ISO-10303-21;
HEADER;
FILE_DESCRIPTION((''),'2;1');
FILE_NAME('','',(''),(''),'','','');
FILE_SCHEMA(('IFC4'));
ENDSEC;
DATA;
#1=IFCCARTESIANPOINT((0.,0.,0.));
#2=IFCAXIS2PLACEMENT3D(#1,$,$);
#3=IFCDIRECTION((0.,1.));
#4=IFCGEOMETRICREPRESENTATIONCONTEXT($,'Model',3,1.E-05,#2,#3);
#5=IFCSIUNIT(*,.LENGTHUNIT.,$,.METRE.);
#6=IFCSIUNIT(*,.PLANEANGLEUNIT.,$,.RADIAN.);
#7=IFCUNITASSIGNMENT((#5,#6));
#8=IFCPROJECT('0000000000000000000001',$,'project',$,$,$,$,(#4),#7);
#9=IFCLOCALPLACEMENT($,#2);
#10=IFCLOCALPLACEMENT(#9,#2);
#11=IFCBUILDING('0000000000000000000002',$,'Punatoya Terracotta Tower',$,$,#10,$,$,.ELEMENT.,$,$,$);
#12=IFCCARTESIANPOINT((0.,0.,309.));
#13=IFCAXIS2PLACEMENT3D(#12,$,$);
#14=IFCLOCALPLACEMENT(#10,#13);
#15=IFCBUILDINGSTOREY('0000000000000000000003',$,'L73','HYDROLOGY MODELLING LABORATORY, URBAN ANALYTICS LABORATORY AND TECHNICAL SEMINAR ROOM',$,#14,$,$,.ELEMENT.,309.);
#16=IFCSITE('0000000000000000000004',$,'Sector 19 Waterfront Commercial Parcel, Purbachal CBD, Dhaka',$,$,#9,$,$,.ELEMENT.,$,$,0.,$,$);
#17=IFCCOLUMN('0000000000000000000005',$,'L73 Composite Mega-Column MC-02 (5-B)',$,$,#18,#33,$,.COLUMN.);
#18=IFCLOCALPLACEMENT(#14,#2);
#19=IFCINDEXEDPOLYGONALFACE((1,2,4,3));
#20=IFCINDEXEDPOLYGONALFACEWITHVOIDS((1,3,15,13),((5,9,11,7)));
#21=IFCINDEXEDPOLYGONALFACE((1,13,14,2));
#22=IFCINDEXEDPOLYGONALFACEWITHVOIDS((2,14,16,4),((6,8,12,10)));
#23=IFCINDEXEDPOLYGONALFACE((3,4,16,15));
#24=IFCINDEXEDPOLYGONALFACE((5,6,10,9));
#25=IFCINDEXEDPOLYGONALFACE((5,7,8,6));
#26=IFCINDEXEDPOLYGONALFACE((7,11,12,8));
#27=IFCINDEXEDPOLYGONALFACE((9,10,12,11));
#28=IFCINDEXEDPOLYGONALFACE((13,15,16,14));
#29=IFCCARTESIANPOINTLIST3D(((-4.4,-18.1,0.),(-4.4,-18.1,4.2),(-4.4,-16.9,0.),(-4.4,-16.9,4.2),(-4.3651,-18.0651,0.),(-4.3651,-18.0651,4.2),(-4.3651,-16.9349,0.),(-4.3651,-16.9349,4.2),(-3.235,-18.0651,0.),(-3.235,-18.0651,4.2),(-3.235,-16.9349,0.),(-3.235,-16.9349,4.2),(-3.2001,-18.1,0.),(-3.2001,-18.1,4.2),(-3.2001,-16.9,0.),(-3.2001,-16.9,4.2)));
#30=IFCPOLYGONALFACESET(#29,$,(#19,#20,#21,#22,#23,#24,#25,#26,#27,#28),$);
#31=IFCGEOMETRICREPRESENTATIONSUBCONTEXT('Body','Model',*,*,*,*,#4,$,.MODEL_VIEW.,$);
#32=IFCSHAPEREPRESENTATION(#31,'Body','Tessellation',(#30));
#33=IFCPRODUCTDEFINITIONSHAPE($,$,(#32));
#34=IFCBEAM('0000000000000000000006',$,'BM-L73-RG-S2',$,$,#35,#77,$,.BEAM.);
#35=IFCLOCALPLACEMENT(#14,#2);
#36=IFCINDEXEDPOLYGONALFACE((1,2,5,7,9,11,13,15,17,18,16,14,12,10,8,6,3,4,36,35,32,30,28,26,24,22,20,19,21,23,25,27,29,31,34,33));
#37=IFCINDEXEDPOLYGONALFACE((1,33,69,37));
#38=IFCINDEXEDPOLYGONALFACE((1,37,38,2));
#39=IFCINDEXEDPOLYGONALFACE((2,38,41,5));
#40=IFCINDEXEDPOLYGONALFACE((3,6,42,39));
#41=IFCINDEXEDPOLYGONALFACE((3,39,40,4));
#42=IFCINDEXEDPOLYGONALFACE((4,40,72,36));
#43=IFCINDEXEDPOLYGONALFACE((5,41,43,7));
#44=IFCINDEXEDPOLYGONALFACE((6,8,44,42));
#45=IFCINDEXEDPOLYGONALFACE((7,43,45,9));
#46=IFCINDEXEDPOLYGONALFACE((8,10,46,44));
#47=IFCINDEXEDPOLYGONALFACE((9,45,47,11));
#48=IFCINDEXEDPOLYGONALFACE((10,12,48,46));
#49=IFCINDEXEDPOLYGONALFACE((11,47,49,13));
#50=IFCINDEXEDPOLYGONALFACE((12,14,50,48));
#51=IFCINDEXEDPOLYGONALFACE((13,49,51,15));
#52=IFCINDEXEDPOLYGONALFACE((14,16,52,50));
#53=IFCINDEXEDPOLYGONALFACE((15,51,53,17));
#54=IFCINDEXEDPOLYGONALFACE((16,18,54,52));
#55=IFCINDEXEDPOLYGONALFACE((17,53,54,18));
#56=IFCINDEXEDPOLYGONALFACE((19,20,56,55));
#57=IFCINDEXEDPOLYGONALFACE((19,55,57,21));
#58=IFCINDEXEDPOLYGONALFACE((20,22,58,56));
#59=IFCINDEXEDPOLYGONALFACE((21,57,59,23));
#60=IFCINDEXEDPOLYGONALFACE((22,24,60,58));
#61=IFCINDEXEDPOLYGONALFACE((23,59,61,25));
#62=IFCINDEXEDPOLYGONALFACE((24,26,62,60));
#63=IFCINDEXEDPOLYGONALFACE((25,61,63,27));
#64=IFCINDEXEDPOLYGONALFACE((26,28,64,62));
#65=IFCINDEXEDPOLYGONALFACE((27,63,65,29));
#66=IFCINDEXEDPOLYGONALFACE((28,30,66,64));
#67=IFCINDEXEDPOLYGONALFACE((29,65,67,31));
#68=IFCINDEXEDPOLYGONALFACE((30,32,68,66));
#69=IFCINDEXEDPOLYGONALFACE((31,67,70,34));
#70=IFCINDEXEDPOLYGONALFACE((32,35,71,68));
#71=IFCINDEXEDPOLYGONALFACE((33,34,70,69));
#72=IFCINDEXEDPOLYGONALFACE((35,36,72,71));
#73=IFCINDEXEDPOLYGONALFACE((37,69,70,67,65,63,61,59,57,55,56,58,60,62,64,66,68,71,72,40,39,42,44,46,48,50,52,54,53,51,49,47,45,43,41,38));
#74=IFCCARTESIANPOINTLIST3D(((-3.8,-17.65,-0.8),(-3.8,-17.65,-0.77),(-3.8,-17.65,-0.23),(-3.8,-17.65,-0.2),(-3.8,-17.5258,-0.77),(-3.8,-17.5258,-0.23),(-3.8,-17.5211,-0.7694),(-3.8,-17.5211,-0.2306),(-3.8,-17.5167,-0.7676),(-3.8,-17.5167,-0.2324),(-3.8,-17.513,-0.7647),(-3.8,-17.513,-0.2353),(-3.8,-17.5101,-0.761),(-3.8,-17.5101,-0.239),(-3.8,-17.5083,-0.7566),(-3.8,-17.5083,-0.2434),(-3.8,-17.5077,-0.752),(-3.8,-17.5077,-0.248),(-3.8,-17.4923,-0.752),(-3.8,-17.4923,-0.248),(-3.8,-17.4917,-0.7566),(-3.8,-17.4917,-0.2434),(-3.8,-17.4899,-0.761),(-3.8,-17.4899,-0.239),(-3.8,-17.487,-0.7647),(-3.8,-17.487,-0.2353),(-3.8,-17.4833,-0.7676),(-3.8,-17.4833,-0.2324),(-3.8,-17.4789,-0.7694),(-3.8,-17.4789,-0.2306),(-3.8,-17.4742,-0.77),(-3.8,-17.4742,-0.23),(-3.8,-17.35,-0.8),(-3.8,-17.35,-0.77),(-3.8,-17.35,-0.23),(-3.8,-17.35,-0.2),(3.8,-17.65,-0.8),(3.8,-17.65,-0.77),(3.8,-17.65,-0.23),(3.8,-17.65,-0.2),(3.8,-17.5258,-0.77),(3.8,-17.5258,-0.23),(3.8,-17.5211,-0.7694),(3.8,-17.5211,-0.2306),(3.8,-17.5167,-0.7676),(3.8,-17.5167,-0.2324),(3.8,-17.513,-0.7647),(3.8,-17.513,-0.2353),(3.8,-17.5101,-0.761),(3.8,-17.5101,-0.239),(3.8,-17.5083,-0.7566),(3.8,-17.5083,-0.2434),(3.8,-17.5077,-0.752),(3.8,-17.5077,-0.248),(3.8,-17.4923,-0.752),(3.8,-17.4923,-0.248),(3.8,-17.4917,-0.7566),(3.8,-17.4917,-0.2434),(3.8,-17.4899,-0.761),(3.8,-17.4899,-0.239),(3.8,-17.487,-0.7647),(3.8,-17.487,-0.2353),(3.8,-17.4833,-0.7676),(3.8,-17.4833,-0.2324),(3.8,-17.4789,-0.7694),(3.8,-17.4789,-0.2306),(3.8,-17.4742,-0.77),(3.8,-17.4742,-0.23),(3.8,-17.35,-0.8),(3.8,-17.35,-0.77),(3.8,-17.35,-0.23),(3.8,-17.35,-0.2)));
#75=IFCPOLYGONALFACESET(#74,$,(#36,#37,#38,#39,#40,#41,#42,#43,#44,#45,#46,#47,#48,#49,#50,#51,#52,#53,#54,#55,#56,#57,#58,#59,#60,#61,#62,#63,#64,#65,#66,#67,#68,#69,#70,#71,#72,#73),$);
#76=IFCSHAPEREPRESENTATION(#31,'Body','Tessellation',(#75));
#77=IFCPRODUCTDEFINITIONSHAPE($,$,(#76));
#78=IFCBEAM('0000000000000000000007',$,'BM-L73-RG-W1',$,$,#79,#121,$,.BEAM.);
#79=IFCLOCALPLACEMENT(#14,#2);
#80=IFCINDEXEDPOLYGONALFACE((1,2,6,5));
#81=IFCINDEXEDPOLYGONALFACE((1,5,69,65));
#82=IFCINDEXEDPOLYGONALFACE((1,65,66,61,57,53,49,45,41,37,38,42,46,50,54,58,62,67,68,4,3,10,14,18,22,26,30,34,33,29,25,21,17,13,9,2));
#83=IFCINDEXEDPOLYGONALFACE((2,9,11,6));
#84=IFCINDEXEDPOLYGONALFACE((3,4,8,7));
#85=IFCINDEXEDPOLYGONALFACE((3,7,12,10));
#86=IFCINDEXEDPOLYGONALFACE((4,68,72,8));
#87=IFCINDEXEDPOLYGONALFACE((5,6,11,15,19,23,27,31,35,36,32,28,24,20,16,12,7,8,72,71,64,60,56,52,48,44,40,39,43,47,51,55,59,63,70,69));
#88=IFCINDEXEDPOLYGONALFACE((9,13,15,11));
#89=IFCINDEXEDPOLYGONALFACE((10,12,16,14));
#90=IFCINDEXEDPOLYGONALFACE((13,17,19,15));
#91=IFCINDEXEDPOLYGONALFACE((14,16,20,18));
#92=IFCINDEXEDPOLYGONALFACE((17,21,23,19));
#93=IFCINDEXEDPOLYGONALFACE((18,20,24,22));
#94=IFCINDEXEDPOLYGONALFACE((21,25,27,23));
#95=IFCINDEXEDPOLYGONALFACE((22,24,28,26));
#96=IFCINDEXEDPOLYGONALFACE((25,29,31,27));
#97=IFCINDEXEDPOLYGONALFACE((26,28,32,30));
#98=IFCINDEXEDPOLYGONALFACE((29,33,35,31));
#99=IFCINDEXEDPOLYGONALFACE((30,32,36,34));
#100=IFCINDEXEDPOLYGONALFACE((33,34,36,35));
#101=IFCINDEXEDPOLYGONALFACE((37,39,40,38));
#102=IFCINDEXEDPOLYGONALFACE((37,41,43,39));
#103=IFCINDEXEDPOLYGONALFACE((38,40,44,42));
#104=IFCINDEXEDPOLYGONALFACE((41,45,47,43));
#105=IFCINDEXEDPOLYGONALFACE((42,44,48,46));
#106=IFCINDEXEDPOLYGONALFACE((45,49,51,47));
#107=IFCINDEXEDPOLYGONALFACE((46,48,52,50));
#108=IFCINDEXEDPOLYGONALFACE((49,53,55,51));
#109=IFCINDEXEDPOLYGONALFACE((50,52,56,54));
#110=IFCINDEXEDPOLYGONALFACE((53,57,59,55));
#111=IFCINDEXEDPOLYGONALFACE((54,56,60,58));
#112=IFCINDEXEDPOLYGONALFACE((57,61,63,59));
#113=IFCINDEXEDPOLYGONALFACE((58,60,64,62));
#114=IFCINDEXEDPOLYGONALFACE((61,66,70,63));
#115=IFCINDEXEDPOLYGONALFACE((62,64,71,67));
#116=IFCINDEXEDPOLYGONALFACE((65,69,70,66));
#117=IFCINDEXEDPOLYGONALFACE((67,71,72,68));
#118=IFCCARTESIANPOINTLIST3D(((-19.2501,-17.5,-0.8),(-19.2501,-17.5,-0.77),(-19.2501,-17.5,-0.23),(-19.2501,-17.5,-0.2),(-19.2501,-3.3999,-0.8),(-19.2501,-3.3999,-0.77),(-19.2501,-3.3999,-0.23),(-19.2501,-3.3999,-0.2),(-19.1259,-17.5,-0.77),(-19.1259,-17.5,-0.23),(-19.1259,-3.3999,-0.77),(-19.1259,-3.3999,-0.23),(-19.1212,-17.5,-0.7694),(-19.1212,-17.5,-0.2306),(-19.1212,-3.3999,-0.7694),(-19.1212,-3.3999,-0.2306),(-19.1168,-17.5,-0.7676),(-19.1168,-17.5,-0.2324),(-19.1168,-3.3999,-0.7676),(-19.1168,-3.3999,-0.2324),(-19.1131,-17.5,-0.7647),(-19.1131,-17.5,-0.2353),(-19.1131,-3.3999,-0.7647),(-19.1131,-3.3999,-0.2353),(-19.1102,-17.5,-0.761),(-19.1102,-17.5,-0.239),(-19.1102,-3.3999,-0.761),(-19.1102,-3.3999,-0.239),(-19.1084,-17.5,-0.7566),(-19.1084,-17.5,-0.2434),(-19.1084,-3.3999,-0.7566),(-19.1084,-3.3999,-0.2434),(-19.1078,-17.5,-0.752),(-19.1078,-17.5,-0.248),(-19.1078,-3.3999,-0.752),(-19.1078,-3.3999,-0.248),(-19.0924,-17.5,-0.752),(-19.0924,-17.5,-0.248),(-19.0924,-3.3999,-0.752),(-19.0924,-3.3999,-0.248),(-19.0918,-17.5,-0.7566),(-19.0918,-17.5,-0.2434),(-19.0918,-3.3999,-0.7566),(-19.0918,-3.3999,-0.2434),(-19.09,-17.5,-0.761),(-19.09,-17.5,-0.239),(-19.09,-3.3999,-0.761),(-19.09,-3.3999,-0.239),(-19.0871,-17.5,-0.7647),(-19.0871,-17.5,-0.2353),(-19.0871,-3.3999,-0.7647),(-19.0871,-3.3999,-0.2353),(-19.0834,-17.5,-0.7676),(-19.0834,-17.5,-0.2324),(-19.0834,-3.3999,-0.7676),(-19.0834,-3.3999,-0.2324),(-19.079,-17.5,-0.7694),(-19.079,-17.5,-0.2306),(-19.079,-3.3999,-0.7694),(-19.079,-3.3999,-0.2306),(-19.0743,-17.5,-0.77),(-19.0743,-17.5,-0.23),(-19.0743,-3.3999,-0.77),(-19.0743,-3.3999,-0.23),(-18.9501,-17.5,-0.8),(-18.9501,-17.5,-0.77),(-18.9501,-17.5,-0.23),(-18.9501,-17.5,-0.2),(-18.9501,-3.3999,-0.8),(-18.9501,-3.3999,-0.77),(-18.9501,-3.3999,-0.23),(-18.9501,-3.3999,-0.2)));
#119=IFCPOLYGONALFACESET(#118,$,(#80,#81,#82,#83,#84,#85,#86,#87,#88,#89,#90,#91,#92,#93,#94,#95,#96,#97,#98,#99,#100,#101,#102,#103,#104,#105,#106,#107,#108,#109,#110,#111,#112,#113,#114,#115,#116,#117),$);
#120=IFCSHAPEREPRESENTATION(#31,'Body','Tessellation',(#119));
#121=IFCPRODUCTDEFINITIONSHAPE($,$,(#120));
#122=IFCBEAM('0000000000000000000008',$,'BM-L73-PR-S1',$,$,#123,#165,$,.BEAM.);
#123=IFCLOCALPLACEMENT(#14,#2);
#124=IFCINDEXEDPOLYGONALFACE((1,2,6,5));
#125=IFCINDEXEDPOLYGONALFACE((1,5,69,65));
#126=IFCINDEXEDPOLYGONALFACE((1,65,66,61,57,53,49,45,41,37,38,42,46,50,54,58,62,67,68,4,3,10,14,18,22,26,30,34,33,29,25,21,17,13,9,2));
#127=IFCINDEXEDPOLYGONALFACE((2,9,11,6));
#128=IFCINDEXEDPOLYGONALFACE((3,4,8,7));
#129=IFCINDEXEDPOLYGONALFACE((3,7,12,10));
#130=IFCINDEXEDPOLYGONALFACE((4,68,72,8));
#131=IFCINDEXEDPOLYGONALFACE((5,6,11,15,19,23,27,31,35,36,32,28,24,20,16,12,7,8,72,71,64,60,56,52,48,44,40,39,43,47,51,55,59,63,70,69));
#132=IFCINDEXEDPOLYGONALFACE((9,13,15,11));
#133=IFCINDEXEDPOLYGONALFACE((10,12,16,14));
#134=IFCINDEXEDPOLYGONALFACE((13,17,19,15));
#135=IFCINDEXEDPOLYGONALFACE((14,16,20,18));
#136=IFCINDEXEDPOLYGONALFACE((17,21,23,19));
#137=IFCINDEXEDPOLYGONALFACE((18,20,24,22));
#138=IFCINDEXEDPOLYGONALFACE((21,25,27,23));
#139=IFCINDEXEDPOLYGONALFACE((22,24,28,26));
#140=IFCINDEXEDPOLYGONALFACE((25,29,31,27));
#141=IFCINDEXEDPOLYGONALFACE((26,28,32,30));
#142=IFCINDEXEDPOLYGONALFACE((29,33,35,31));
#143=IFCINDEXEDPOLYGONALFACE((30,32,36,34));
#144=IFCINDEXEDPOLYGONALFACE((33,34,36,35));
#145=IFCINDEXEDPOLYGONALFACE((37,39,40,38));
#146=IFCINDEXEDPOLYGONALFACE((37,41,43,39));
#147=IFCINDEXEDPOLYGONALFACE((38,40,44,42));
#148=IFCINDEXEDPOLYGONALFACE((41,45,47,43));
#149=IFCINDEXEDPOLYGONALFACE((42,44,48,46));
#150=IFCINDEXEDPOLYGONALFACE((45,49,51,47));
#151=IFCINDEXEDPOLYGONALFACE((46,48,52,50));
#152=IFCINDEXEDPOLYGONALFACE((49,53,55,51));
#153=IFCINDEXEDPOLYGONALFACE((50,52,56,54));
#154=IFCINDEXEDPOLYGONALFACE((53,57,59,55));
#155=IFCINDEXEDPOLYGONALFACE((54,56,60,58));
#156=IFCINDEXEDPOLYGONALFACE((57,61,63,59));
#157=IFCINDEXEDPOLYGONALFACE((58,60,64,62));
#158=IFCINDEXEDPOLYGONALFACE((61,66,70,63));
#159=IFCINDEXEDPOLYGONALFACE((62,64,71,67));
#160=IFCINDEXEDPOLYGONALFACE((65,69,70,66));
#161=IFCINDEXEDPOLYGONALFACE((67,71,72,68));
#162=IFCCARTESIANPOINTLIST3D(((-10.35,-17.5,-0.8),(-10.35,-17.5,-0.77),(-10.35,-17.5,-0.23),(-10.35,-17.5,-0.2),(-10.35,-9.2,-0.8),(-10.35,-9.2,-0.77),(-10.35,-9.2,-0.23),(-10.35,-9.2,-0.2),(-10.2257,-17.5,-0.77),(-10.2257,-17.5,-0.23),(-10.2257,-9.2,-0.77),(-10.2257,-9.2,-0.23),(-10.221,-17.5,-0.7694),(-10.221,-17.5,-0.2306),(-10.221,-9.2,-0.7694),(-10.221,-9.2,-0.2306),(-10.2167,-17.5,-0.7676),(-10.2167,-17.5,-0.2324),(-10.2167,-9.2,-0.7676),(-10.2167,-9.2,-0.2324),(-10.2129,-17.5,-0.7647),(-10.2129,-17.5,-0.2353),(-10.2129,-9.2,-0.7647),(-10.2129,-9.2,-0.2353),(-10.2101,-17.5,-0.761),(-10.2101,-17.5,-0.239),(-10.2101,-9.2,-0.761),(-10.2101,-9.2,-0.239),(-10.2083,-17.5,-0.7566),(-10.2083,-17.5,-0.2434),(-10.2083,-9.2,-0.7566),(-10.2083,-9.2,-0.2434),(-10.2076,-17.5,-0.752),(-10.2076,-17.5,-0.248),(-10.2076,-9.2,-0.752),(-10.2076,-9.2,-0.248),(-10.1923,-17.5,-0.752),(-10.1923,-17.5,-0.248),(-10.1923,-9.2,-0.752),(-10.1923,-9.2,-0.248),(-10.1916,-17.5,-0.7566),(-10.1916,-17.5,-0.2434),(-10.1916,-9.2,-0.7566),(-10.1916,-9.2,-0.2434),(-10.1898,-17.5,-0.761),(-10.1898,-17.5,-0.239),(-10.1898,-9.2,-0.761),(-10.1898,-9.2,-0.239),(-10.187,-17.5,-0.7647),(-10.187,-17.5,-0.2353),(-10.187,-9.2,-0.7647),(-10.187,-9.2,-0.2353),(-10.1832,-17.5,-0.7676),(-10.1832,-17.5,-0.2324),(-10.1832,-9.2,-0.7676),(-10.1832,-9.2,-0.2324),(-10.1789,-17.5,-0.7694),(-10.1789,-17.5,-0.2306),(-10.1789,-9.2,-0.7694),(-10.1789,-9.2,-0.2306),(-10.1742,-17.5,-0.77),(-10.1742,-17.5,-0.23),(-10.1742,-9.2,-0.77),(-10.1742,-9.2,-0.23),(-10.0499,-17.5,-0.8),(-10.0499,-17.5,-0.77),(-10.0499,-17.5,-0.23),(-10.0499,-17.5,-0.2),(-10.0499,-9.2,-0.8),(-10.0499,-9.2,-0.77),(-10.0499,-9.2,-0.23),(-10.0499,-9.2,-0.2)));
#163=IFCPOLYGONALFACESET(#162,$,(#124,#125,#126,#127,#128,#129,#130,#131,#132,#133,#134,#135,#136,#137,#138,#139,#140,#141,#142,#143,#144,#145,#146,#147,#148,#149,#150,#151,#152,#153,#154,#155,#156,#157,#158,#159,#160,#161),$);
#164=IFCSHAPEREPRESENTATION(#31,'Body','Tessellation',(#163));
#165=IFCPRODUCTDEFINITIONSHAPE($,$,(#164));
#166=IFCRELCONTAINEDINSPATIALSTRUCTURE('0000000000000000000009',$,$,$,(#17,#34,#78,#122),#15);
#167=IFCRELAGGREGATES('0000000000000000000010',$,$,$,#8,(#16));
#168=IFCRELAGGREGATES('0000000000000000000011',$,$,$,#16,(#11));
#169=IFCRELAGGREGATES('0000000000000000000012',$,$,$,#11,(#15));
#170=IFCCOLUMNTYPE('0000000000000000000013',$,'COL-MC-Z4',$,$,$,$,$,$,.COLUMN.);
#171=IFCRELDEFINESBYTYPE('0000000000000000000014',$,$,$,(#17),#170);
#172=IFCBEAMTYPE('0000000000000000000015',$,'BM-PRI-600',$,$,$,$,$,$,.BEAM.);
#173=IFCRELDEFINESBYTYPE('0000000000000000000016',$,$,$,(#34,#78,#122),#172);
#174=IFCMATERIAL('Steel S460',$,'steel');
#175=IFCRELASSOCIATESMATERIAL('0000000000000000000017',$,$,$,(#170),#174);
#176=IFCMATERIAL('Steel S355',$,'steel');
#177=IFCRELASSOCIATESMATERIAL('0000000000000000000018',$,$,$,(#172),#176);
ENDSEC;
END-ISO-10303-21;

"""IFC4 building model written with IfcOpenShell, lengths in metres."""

from ifc_helpers import new_model, si_unit, direction, frame, origin, origin_2d, place, context, subcontext, project, spatial, hollow_rectangle, i_section, extrude, material, material_profile, profile_set, type_object, element, save


model = new_model("IFC4")

# Units and contexts
model_context = context("Model", 3, precision=1e-05, world=origin(), true_north=direction((0.0, 1.0)))
body_context = subcontext(model_context, "Body", "Model", "MODEL_VIEW")
ifc_project = project(units=[si_unit("LENGTHUNIT", "METRE"), si_unit("PLANEANGLEUNIT", "RADIAN")], contexts=[model_context])

# Site, building, storey
site_placement = place(None, origin())
site = spatial("IfcSite", under=ifc_project, at=site_placement, Name="Sector 19 Waterfront Commercial Parcel, Purbachal CBD, Dhaka", CompositionType="ELEMENT", RefElevation=0.0)
building_placement = place(site_placement, origin())
building = spatial("IfcBuilding", under=site, at=building_placement, Name="Punatoya Terracotta Tower", CompositionType="ELEMENT")
storey_placement = place(building_placement, frame((0.0, 0.0, 309.0)))
storey = spatial("IfcBuildingStorey", under=building, at=storey_placement, Name="L73", Description="HYDROLOGY MODELLING LABORATORY, URBAN ANALYTICS LABORATORY AND TECHNICAL SEMINAR ROOM", CompositionType="ELEMENT", Elevation=309.0)

# Column
ifc_material_1 = material(Name="Steel S460", Category="steel")
ifc_material_profile_1 = material_profile(ifc_material_1, hollow_rectangle(XDim=1.2, YDim=1.2, WallThickness=0.0349, at=origin_2d()))
ifc_profile_set_1 = profile_set([ifc_material_profile_1], Name="Steel S460")
column_type = type_object("IfcColumnType", Name="COL-MC-Z4", PredefinedType="COLUMN", material=ifc_profile_set_1)
column_placement = place(storey_placement, frame((-3.8, -17.5, 0.0), z_axis=(0.0, 0.0, 1.0), x_axis=(1.0, 0.0, 0.0)))
element("IfcColumn", 1, at=column_placement, inside=storey, type_object=column_type, Name="L73 Composite Mega-Column MC-02 (5-B)", PredefinedType="COLUMN", context=body_context, shape_type="SweptSolid", body=[
    extrude(hollow_rectangle(XDim=1.2, YDim=1.2, WallThickness=0.0349, at=origin_2d()), origin(), (0.0, 0.0, 1.0), 4.2),
])

# Beams
ifc_material_2 = material(Name="Steel S355", Category="steel")
ifc_material_profile_2 = material_profile(ifc_material_2, i_section(OverallWidth=0.3, OverallDepth=0.6001, WebThickness=0.0154, FlangeThickness=0.03, FilletRadius=0.0181, at=origin_2d()))
ifc_profile_set_2 = profile_set([ifc_material_profile_2], Name="Steel S355")
beam_type_1 = type_object("IfcBeamType", Name="BM-PRI-600", PredefinedType="BEAM", material=ifc_profile_set_2)
beam_1_placement = place(storey_placement, frame((-3.8, -17.5, -0.5), z_axis=(1.0, 0.0, 0.0), x_axis=(0.0, 1.0, 0.0)))
element("IfcBeam", 2, at=beam_1_placement, inside=storey, type_object=beam_type_1, Name="BM-L73-RG-S2", PredefinedType="BEAM", context=body_context, shape_type="SweptSolid", body=[
    extrude(i_section(OverallWidth=0.3, OverallDepth=0.6001, WebThickness=0.0154, FlangeThickness=0.03, FilletRadius=0.0181, at=origin_2d()), origin(), (0.0, 0.0, 1.0), 7.6001),
])
beam_2_placement = place(storey_placement, frame((-19.1001, -17.5, -0.5), z_axis=(0.0, 1.0, 0.0), x_axis=(-1.0, 0.0, 0.0)))
element("IfcBeam", 3, at=beam_2_placement, inside=storey, type_object=beam_type_1, Name="BM-L73-RG-W1", PredefinedType="BEAM", context=body_context, shape_type="SweptSolid", body=[
    extrude(i_section(OverallWidth=0.3, OverallDepth=0.6001, WebThickness=0.0154, FlangeThickness=0.03, FilletRadius=0.0181, at=origin_2d()), origin(), (0.0, 0.0, 1.0), 14.1001),
])
for number, where, z_axis, x_axis, name in (
    (4, (-10.2, -17.5, -0.5), (0.0, 1.0, 0.0), (-1.0, 0.0, 0.0), "BM-L73-PR-S1"),
):
    element("IfcBeam", number, at=place(storey_placement, frame(where, z_axis=z_axis, x_axis=x_axis)), inside=storey, type_object=beam_type_1, Name=name, PredefinedType="BEAM", context=body_context, shape_type="SweptSolid", body=[
        extrude(i_section(OverallWidth=0.3, OverallDepth=0.6001, WebThickness=0.0154, FlangeThickness=0.03, FilletRadius=0.0181, at=origin_2d()), origin(), (0.0, 0.0, 1.0), 8.3),
    ])

save(model, "model.ifc")
